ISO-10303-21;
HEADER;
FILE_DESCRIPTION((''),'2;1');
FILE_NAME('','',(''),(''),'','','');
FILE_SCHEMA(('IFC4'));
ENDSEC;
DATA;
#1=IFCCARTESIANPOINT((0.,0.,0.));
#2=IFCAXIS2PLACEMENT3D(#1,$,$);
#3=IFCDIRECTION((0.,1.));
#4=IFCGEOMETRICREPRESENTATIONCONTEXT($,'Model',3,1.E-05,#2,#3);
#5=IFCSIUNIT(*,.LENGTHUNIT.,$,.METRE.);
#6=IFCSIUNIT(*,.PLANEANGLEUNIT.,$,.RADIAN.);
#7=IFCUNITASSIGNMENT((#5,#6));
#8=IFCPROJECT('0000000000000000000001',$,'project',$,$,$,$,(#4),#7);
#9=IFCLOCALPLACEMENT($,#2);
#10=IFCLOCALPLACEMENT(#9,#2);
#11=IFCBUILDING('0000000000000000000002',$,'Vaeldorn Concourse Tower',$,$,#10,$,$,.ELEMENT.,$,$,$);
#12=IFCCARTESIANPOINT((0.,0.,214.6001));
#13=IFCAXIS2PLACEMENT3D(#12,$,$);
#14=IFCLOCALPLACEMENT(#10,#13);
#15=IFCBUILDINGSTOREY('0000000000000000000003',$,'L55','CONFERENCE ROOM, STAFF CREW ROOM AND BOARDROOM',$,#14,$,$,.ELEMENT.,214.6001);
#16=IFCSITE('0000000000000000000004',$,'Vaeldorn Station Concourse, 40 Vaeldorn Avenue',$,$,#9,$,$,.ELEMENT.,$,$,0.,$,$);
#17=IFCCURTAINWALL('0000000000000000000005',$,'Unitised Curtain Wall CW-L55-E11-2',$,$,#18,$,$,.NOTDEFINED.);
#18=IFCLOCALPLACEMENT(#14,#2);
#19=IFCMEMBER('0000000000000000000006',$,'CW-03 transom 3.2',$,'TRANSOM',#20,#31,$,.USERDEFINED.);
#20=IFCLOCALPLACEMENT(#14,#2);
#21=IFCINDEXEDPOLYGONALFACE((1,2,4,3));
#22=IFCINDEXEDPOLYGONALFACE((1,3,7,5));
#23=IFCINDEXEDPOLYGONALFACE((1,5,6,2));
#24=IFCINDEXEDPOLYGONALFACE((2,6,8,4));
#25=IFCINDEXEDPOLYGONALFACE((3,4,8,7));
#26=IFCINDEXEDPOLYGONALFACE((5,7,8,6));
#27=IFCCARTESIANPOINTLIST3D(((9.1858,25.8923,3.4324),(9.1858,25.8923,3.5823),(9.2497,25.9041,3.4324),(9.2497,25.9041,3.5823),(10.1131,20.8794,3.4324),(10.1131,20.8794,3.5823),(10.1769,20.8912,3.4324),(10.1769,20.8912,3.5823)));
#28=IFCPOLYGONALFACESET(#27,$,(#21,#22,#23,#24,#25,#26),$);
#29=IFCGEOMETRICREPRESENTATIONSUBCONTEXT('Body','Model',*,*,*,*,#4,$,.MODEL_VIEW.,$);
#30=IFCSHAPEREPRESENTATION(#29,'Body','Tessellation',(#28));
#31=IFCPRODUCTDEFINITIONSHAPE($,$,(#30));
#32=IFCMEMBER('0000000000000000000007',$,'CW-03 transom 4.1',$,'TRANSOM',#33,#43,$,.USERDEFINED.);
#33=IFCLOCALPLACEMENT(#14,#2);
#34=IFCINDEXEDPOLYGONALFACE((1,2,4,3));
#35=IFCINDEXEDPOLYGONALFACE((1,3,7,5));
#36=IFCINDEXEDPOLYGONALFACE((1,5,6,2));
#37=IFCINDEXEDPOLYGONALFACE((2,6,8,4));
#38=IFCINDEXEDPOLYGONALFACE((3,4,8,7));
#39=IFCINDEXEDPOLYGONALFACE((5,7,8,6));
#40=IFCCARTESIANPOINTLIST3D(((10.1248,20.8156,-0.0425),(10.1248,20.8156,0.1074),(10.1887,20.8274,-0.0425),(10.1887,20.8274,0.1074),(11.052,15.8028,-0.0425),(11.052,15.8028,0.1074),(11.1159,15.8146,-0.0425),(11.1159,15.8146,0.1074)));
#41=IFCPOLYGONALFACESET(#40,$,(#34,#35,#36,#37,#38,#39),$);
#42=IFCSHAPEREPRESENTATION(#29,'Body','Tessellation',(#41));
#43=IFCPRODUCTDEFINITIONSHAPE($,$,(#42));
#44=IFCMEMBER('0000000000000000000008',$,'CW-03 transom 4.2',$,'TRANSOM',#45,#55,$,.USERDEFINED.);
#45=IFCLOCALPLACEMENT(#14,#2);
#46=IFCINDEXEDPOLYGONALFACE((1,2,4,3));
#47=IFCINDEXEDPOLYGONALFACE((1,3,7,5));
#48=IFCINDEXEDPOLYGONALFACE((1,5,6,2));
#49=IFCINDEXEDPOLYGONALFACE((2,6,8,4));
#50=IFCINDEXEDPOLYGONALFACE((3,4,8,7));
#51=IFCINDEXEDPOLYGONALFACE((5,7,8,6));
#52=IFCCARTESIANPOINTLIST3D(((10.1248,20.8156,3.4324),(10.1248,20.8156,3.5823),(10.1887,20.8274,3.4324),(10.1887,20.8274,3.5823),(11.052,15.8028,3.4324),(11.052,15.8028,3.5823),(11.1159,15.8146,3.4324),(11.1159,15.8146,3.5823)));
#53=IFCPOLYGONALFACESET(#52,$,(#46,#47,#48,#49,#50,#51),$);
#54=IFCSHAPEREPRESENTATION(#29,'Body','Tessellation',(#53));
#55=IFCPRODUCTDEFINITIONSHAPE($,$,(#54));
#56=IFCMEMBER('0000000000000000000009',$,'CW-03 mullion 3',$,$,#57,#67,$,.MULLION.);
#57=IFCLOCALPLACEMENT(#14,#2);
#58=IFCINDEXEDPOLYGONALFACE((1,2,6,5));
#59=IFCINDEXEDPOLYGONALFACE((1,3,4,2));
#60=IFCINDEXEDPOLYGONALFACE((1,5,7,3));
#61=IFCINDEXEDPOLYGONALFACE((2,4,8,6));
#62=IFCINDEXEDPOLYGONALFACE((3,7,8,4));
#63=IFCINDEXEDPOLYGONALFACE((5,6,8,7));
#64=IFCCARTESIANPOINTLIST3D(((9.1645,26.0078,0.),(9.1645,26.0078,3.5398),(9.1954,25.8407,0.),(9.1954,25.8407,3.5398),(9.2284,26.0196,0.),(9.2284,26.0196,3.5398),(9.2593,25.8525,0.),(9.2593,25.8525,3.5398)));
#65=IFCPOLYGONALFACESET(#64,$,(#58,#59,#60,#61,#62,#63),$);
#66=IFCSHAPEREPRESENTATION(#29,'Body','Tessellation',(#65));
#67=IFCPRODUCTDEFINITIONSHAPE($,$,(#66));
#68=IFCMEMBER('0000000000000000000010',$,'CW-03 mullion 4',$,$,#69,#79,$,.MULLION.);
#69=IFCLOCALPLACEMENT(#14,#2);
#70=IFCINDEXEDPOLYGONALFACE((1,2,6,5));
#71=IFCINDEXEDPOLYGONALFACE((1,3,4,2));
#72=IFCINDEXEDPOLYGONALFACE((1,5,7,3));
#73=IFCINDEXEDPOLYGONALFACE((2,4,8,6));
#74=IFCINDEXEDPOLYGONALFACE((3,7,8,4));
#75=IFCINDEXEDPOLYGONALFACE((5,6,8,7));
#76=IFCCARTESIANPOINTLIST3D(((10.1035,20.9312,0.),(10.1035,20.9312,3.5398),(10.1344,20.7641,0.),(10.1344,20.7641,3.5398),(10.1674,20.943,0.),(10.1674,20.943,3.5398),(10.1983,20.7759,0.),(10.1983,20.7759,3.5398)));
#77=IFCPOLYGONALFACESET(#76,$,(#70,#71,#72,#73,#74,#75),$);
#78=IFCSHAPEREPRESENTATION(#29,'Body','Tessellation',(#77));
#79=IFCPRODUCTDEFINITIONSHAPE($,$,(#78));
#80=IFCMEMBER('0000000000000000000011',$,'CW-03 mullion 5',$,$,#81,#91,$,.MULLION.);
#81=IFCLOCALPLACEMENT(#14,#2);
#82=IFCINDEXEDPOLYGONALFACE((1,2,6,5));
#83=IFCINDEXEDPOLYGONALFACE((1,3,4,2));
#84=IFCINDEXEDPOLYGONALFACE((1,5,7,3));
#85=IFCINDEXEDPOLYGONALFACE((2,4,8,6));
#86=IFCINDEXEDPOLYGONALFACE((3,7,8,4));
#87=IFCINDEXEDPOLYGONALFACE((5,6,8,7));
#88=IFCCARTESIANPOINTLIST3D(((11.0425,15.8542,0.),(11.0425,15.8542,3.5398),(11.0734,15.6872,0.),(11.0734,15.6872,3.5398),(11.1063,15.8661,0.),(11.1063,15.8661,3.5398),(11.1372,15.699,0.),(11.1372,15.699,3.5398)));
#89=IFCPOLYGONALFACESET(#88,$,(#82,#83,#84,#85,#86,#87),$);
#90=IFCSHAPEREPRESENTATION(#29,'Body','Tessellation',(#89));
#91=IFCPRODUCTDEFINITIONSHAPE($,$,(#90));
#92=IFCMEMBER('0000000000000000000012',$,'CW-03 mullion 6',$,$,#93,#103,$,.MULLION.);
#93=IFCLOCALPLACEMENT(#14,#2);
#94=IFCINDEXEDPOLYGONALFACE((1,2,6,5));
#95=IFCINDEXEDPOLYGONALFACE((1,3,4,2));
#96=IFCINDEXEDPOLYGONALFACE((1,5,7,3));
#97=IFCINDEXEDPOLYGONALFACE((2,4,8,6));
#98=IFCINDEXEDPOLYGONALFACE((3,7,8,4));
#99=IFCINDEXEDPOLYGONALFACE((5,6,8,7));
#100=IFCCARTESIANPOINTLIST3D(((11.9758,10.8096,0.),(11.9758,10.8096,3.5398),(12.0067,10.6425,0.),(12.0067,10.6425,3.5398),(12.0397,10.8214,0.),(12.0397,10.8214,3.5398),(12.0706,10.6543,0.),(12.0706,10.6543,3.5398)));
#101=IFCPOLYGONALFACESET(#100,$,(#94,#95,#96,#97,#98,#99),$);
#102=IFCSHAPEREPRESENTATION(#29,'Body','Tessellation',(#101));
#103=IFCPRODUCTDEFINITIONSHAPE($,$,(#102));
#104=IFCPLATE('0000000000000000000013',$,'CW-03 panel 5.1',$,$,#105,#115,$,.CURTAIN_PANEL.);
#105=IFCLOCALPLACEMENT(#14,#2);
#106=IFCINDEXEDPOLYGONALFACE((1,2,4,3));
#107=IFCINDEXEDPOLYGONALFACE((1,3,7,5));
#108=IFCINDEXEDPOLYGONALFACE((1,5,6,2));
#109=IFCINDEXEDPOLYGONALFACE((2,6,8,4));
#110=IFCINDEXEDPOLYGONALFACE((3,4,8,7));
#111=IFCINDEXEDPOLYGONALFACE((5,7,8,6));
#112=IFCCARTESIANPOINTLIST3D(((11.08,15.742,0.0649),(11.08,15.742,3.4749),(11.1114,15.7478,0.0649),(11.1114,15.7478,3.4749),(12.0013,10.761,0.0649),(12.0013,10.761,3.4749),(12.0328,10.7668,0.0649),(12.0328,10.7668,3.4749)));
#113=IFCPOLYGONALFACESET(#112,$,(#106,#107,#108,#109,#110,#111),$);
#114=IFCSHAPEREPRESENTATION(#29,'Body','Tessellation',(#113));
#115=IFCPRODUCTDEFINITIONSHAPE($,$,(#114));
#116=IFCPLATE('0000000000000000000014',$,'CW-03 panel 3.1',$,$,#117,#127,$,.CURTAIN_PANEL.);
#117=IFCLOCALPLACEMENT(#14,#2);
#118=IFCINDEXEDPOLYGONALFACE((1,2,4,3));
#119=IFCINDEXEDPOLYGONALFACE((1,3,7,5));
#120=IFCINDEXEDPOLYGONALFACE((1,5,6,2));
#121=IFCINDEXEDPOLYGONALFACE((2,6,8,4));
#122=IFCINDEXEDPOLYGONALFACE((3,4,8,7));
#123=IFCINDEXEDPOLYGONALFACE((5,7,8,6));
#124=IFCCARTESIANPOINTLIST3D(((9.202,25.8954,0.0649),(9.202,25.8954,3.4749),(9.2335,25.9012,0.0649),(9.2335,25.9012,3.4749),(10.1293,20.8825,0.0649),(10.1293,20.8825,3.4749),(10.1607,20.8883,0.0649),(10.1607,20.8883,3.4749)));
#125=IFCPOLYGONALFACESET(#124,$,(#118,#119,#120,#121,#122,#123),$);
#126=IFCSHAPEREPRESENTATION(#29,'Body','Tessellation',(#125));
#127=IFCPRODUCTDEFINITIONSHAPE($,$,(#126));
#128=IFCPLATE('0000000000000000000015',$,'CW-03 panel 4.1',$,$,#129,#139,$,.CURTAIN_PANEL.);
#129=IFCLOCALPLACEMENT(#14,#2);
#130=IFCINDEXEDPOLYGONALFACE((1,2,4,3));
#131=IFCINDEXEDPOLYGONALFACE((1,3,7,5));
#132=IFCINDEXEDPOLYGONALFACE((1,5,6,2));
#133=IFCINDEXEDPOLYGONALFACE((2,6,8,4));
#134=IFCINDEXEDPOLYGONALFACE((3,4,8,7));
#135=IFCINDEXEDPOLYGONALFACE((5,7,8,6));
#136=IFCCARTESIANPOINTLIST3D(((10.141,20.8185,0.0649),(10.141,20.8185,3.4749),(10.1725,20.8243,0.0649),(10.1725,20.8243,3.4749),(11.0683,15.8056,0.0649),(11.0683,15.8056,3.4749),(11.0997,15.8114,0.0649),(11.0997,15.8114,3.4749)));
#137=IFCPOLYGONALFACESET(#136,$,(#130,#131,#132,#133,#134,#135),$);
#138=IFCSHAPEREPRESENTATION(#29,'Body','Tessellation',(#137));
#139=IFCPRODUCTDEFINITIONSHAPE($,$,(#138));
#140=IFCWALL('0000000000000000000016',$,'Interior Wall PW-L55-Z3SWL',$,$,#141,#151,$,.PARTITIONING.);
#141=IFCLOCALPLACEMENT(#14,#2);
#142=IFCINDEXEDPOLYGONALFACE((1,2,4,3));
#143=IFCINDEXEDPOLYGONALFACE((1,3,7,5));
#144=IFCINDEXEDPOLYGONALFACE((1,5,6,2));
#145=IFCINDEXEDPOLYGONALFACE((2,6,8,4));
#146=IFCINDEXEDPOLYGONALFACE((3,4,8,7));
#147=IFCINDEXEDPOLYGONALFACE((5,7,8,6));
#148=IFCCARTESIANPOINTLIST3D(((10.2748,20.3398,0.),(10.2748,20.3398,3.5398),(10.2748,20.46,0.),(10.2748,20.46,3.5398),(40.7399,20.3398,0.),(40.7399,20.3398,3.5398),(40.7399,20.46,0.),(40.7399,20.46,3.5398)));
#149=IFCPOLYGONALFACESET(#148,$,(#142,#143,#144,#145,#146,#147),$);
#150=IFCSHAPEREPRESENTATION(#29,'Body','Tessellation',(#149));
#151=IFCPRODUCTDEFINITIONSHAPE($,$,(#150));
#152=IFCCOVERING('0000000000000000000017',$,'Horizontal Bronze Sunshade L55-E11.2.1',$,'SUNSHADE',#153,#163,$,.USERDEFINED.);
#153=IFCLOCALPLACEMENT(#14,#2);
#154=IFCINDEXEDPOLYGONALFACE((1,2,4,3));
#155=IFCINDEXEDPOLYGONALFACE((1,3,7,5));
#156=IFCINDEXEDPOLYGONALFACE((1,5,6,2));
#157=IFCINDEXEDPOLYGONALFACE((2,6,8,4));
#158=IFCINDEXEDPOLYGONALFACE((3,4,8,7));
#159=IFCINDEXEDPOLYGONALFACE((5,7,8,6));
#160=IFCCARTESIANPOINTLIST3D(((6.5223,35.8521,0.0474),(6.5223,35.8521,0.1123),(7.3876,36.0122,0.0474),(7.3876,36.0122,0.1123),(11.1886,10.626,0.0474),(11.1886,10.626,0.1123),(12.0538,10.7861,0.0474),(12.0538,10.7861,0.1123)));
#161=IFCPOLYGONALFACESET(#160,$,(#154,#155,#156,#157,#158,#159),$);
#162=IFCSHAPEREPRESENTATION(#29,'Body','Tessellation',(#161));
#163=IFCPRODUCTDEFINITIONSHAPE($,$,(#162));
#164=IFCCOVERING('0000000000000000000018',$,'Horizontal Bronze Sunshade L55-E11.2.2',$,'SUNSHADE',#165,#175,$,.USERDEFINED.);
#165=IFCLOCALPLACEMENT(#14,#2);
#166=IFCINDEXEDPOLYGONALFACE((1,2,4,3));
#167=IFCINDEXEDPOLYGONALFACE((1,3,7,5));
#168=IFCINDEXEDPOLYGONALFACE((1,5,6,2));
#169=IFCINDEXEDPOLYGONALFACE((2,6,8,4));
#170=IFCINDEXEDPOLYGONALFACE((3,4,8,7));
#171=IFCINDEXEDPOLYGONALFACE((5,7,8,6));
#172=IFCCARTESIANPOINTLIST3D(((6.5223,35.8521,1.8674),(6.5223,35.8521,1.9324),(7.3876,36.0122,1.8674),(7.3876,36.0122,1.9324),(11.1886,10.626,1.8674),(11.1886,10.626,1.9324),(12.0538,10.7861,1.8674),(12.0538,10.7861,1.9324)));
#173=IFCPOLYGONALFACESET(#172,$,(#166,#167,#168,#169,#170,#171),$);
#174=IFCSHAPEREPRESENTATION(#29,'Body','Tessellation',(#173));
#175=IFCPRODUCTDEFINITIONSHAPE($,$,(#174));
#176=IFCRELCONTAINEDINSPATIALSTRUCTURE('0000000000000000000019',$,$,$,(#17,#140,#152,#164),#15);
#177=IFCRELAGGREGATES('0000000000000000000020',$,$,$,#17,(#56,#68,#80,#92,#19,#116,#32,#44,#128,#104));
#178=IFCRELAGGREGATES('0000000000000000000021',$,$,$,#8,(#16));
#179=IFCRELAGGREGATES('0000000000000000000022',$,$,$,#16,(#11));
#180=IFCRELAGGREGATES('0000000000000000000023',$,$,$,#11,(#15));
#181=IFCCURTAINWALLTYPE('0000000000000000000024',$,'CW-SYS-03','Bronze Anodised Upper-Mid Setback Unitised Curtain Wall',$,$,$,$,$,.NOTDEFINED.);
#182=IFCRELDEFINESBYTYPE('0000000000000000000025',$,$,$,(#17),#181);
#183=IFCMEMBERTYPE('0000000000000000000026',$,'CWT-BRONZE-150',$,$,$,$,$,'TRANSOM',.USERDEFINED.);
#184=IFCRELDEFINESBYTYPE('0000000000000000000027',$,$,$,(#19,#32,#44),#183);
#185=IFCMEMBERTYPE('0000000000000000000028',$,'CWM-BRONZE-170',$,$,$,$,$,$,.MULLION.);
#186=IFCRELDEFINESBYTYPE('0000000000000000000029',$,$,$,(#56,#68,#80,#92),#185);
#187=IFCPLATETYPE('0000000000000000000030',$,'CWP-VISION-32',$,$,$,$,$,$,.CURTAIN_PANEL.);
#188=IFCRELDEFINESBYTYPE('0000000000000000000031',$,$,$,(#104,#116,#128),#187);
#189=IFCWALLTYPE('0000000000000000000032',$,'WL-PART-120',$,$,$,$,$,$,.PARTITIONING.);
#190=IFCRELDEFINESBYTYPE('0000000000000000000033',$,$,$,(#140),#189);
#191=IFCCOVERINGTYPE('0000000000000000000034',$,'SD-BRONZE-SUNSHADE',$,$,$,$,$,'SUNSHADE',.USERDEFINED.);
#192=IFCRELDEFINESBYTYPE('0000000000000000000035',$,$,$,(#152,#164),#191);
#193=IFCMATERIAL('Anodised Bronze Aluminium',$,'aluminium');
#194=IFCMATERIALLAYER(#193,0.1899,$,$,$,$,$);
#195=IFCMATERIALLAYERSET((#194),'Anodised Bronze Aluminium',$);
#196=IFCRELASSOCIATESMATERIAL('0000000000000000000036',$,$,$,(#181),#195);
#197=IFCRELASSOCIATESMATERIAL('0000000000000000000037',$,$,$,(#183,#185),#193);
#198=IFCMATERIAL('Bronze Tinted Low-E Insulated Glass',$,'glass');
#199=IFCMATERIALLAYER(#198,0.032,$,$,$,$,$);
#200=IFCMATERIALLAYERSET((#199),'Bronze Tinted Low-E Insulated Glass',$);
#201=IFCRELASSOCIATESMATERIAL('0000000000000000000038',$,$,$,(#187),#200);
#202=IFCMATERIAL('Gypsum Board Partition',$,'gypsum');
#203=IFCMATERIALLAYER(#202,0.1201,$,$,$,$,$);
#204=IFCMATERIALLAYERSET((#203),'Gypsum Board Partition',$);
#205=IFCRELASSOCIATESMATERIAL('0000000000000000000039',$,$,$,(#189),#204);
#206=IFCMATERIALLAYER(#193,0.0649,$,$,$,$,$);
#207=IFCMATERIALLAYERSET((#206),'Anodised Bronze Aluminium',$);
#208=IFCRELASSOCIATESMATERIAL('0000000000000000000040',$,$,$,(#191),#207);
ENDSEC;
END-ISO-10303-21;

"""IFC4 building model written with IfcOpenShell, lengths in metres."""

from ifc_helpers import new_model, si_unit, direction, frame, frame_2d, origin, origin_2d, place, context, subcontext, project, spatial, rectangle, extrude, source, transform, mapped, material, layer, layer_set, material_profile, profile_set, type_object, element, aggregate, save


model = new_model("IFC4")

# Units and contexts
model_context = context("Model", 3, precision=1e-05, world=origin(), true_north=direction((0.0, 1.0)))
body_context = subcontext(model_context, "Body", "Model", "MODEL_VIEW")
ifc_project = project(units=[si_unit("LENGTHUNIT", "METRE"), si_unit("PLANEANGLEUNIT", "RADIAN")], contexts=[model_context])

# Site, building, storey
site_placement = place(None, origin())
site = spatial("IfcSite", under=ifc_project, at=site_placement, Name="Vaeldorn Station Concourse, 40 Vaeldorn Avenue", CompositionType="ELEMENT", RefElevation=0.0)
building_placement = place(site_placement, origin())
building = spatial("IfcBuilding", under=site, at=building_placement, Name="Vaeldorn Concourse Tower", CompositionType="ELEMENT")
storey_placement = place(building_placement, frame((0.0, 0.0, 214.6001)))
storey = spatial("IfcBuildingStorey", under=building, at=storey_placement, Name="L55", Description="CONFERENCE ROOM, STAFF CREW ROOM AND BOARDROOM", CompositionType="ELEMENT", Elevation=214.6001)

# Curtain wall, members, plates
ifc_material_1 = material(Name="Anodised Bronze Aluminium", Category="aluminium")
ifc_layer_1 = layer(ifc_material_1, 0.1899)
ifc_layer_set_1 = layer_set([ifc_layer_1], Name="Anodised Bronze Aluminium")
curtain_wall_type = type_object("IfcCurtainWallType", Name="CW-SYS-03", Description="Bronze Anodised Upper-Mid Setback Unitised Curtain Wall", PredefinedType="NOTDEFINED", material=ifc_layer_set_1)
curtain_wall_placement = place(storey_placement, origin())
curtain_wall = element("IfcCurtainWall", 1, at=curtain_wall_placement, inside=storey, type_object=curtain_wall_type, Name="Unitised Curtain Wall CW-L55-E11-2", PredefinedType="NOTDEFINED")
ifc_material_profile_1 = material_profile(ifc_material_1, rectangle(XDim=0.0649, YDim=0.1499, at=origin_2d()), Name="CWT 65x150")
ifc_profile_set_1 = profile_set([ifc_material_profile_1], Name="Anodised Bronze Aluminium")
member_type_1 = type_object("IfcMemberType", Name="CWT-BRONZE-150", ElementType="TRANSOM", PredefinedType="USERDEFINED", material=ifc_profile_set_1)
shared_shape_1 = source(origin(), body_context, "Body", "SweptSolid", [
    extrude(rectangle(XDim=0.0649, YDim=0.1499, at=origin_2d()), origin(), (0.0, 0.0, 1.0), 5.0979),
])
member_1_placement = place(storey_placement, frame((9.2178, 25.8982, 3.5073), z_axis=(0.181885, -0.98332, 0.0), x_axis=(0.98332, 0.181885, 0.0)))
member_1 = element("IfcMember", 2, at=member_1_placement, type_object=member_type_1, Name="CW-03 transom 3.2", ObjectType="TRANSOM", PredefinedType="USERDEFINED", context=body_context, shape_type="MappedRepresentation", body=[
    mapped(shared_shape_1, transform((0.0, 0.0, 0.0), scale=1.0)),
])
member_2_placement = place(storey_placement, frame((10.1567, 20.8215, 0.0325), z_axis=(0.181885, -0.98332, 0.0), x_axis=(0.98332, 0.181885, 0.0)))
member_2 = element("IfcMember", 3, at=member_2_placement, type_object=member_type_1, Name="CW-03 transom 4.1", ObjectType="TRANSOM", PredefinedType="USERDEFINED", context=body_context, shape_type="MappedRepresentation", body=[
    mapped(shared_shape_1, transform((0.0, 0.0, 0.0), scale=1.0)),
])
member_3_placement = place(storey_placement, frame((10.1567, 20.8215, 3.5073), z_axis=(0.181885, -0.98332, 0.0), x_axis=(0.98332, 0.181885, 0.0)))
member_3 = element("IfcMember", 4, at=member_3_placement, type_object=member_type_1, Name="CW-03 transom 4.2", ObjectType="TRANSOM", PredefinedType="USERDEFINED", context=body_context, shape_type="MappedRepresentation", body=[
    mapped(shared_shape_1, transform((0.0, 0.0, 0.0), scale=1.0)),
])
ifc_material_profile_2 = material_profile(ifc_material_1, rectangle(XDim=0.0649, YDim=0.1699, at=origin_2d()), Name="CWM 65x170")
ifc_profile_set_2 = profile_set([ifc_material_profile_2], Name="Anodised Bronze Aluminium")
member_type_2 = type_object("IfcMemberType", Name="CWM-BRONZE-170", PredefinedType="MULLION", material=ifc_profile_set_2)
shared_shape_2 = source(origin(), body_context, "Body", "SweptSolid", [
    extrude(rectangle(XDim=0.0649, YDim=0.1699, at=origin_2d()), origin(), (0.0, 0.0, 1.0), 3.5398),
])
member_4_placement = place(storey_placement, frame((9.2119, 25.9302, 0.0), z_axis=(0.0, 0.0, 1.0), x_axis=(0.983319, 0.181889, 0.0)))
member_4 = element("IfcMember", 5, at=member_4_placement, type_object=member_type_2, Name="CW-03 mullion 3", PredefinedType="MULLION", context=body_context, shape_type="MappedRepresentation", body=[
    mapped(shared_shape_2, transform((0.0, 0.0, 0.0), scale=1.0)),
])
member_5_placement = place(storey_placement, frame((10.1509, 20.8535, 0.0), z_axis=(0.0, 0.0, 1.0), x_axis=(0.983319, 0.181889, 0.0)))
member_5 = element("IfcMember", 6, at=member_5_placement, type_object=member_type_2, Name="CW-03 mullion 4", PredefinedType="MULLION", context=body_context, shape_type="MappedRepresentation", body=[
    mapped(shared_shape_2, transform((0.0, 0.0, 0.0), scale=1.0)),
])
member_6_placement = place(storey_placement, frame((11.0898, 15.7766, 0.0), z_axis=(0.0, 0.0, 1.0), x_axis=(0.983319, 0.181889, 0.0)))
member_6 = element("IfcMember", 7, at=member_6_placement, type_object=member_type_2, Name="CW-03 mullion 5", PredefinedType="MULLION", context=body_context, shape_type="MappedRepresentation", body=[
    mapped(shared_shape_2, transform((0.0, 0.0, 0.0), scale=1.0)),
])
member_7_placement = place(storey_placement, frame((12.0232, 10.7319, 0.0), z_axis=(0.0, 0.0, 1.0), x_axis=(0.983319, 0.181889, 0.0)))
member_7 = element("IfcMember", 8, at=member_7_placement, type_object=member_type_2, Name="CW-03 mullion 6", PredefinedType="MULLION", context=body_context, shape_type="MappedRepresentation", body=[
    mapped(shared_shape_2, transform((0.0, 0.0, 0.0), scale=1.0)),
])
ifc_material_2 = material(Name="Bronze Tinted Low-E Insulated Glass", Category="glass")
ifc_layer_2 = layer(ifc_material_2, 0.032)
ifc_layer_set_2 = layer_set([ifc_layer_2], Name="Bronze Tinted Low-E Insulated Glass")
plate_type = type_object("IfcPlateType", Name="CWP-VISION-32", PredefinedType="CURTAIN_PANEL", material=ifc_layer_set_2)
shared_shape_3 = source(origin(), body_context, "Body", "SweptSolid", [
    extrude(rectangle(XDim=5.0654, YDim=0.032, at=origin_2d()), origin(), (0.0, 0.0, 1.0), 3.4099),
])
plate_1_placement = place(storey_placement, frame((11.5564, 13.2544, 0.0649), z_axis=(0.0, 0.0, 1.0), x_axis=(0.181889, -0.983319, 0.0)))
plate_1 = element("IfcPlate", 9, at=plate_1_placement, type_object=plate_type, Name="CW-03 panel 5.1", PredefinedType="CURTAIN_PANEL", context=body_context, shape_type="MappedRepresentation", body=[
    mapped(shared_shape_3, transform((0.0, 0.0, 0.0), scale=1.0)),
])
shared_shape_4 = source(origin(), body_context, "Body", "SweptSolid", [
    extrude(rectangle(XDim=5.0979, YDim=0.032, at=origin_2d()), origin(), (0.0, 0.0, 1.0), 3.4099),
])
plate_2_placement = place(storey_placement, frame((9.6814, 23.3918, 0.0649), z_axis=(0.0, 0.0, 1.0), x_axis=(0.181889, -0.983319, 0.0)))
plate_2 = element("IfcPlate", 10, at=plate_2_placement, type_object=plate_type, Name="CW-03 panel 3.1", PredefinedType="CURTAIN_PANEL", context=body_context, shape_type="MappedRepresentation", body=[
    mapped(shared_shape_4, transform((0.0, 0.0, 0.0), scale=1.0)),
])
plate_3_placement = place(storey_placement, frame((10.6204, 18.3149, 0.0649), z_axis=(0.0, 0.0, 1.0), x_axis=(0.181889, -0.983319, 0.0)))
plate_3 = element("IfcPlate", 11, at=plate_3_placement, type_object=plate_type, Name="CW-03 panel 4.1", PredefinedType="CURTAIN_PANEL", context=body_context, shape_type="MappedRepresentation", body=[
    mapped(shared_shape_4, transform((0.0, 0.0, 0.0), scale=1.0)),
])
aggregate(curtain_wall, [member_4, member_5, member_6, member_7, member_1, plate_2, member_2, member_3, plate_3, plate_1])

# Wall
ifc_material_3 = material(Name="Gypsum Board Partition", Category="gypsum")
ifc_layer_3 = layer(ifc_material_3, 0.1201)
ifc_layer_set_3 = layer_set([ifc_layer_3], Name="Gypsum Board Partition")
wall_type = type_object("IfcWallType", Name="WL-PART-120", PredefinedType="PARTITIONING", material=ifc_layer_set_3)
wall_placement = place(storey_placement, frame((10.2749, 20.3999, 0.0), z_axis=(0.0, 0.0, 1.0), x_axis=(1.0, 0.0, 0.0)))
element("IfcWall", 12, at=wall_placement, inside=storey, type_object=wall_type, Name="Interior Wall PW-L55-Z3SWL", PredefinedType="PARTITIONING", context=body_context, shape_type="SweptSolid", body=[
    extrude(rectangle(XDim=30.4651, YDim=0.1201, at=frame_2d((15.2324, 0.0))), origin(), (0.0, 0.0, 1.0), 3.5398),
])

# Coverings
ifc_layer_4 = layer(ifc_material_1, 0.0649)
ifc_layer_set_4 = layer_set([ifc_layer_4], Name="Anodised Bronze Aluminium")
covering_type = type_object("IfcCoveringType", Name="SD-BRONZE-SUNSHADE", ElementType="SUNSHADE", PredefinedType="USERDEFINED", material=ifc_layer_set_4)
shared_shape_5 = source(origin(), body_context, "Body", "SweptSolid", [
    extrude(rectangle(XDim=25.6541, YDim=0.8799, at=origin_2d()), origin(), (0.0, 0.0, 1.0), 0.0649),
])
for number, where, z_axis, x_axis, name in (
    (13, (9.2881, 23.3191, 0.0474), (0.0, 0.0, 1.0), (0.181892, -0.983318, 0.0), "Horizontal Bronze Sunshade L55-E11.2.1"),
    (14, (9.2881, 23.3191, 1.8674), (0.0, 0.0, 1.0), (0.181892, -0.983318, 0.0), "Horizontal Bronze Sunshade L55-E11.2.2"),
):
    element("IfcCovering", number, at=place(storey_placement, frame(where, z_axis=z_axis, x_axis=x_axis)), inside=storey, type_object=covering_type, Name=name, ObjectType="SUNSHADE", PredefinedType="USERDEFINED", context=body_context, shape_type="MappedRepresentation", body=[
        mapped(shared_shape_5, transform((0.0, 0.0, 0.0), scale=1.0)),
    ])

save(model, "model.ifc")
